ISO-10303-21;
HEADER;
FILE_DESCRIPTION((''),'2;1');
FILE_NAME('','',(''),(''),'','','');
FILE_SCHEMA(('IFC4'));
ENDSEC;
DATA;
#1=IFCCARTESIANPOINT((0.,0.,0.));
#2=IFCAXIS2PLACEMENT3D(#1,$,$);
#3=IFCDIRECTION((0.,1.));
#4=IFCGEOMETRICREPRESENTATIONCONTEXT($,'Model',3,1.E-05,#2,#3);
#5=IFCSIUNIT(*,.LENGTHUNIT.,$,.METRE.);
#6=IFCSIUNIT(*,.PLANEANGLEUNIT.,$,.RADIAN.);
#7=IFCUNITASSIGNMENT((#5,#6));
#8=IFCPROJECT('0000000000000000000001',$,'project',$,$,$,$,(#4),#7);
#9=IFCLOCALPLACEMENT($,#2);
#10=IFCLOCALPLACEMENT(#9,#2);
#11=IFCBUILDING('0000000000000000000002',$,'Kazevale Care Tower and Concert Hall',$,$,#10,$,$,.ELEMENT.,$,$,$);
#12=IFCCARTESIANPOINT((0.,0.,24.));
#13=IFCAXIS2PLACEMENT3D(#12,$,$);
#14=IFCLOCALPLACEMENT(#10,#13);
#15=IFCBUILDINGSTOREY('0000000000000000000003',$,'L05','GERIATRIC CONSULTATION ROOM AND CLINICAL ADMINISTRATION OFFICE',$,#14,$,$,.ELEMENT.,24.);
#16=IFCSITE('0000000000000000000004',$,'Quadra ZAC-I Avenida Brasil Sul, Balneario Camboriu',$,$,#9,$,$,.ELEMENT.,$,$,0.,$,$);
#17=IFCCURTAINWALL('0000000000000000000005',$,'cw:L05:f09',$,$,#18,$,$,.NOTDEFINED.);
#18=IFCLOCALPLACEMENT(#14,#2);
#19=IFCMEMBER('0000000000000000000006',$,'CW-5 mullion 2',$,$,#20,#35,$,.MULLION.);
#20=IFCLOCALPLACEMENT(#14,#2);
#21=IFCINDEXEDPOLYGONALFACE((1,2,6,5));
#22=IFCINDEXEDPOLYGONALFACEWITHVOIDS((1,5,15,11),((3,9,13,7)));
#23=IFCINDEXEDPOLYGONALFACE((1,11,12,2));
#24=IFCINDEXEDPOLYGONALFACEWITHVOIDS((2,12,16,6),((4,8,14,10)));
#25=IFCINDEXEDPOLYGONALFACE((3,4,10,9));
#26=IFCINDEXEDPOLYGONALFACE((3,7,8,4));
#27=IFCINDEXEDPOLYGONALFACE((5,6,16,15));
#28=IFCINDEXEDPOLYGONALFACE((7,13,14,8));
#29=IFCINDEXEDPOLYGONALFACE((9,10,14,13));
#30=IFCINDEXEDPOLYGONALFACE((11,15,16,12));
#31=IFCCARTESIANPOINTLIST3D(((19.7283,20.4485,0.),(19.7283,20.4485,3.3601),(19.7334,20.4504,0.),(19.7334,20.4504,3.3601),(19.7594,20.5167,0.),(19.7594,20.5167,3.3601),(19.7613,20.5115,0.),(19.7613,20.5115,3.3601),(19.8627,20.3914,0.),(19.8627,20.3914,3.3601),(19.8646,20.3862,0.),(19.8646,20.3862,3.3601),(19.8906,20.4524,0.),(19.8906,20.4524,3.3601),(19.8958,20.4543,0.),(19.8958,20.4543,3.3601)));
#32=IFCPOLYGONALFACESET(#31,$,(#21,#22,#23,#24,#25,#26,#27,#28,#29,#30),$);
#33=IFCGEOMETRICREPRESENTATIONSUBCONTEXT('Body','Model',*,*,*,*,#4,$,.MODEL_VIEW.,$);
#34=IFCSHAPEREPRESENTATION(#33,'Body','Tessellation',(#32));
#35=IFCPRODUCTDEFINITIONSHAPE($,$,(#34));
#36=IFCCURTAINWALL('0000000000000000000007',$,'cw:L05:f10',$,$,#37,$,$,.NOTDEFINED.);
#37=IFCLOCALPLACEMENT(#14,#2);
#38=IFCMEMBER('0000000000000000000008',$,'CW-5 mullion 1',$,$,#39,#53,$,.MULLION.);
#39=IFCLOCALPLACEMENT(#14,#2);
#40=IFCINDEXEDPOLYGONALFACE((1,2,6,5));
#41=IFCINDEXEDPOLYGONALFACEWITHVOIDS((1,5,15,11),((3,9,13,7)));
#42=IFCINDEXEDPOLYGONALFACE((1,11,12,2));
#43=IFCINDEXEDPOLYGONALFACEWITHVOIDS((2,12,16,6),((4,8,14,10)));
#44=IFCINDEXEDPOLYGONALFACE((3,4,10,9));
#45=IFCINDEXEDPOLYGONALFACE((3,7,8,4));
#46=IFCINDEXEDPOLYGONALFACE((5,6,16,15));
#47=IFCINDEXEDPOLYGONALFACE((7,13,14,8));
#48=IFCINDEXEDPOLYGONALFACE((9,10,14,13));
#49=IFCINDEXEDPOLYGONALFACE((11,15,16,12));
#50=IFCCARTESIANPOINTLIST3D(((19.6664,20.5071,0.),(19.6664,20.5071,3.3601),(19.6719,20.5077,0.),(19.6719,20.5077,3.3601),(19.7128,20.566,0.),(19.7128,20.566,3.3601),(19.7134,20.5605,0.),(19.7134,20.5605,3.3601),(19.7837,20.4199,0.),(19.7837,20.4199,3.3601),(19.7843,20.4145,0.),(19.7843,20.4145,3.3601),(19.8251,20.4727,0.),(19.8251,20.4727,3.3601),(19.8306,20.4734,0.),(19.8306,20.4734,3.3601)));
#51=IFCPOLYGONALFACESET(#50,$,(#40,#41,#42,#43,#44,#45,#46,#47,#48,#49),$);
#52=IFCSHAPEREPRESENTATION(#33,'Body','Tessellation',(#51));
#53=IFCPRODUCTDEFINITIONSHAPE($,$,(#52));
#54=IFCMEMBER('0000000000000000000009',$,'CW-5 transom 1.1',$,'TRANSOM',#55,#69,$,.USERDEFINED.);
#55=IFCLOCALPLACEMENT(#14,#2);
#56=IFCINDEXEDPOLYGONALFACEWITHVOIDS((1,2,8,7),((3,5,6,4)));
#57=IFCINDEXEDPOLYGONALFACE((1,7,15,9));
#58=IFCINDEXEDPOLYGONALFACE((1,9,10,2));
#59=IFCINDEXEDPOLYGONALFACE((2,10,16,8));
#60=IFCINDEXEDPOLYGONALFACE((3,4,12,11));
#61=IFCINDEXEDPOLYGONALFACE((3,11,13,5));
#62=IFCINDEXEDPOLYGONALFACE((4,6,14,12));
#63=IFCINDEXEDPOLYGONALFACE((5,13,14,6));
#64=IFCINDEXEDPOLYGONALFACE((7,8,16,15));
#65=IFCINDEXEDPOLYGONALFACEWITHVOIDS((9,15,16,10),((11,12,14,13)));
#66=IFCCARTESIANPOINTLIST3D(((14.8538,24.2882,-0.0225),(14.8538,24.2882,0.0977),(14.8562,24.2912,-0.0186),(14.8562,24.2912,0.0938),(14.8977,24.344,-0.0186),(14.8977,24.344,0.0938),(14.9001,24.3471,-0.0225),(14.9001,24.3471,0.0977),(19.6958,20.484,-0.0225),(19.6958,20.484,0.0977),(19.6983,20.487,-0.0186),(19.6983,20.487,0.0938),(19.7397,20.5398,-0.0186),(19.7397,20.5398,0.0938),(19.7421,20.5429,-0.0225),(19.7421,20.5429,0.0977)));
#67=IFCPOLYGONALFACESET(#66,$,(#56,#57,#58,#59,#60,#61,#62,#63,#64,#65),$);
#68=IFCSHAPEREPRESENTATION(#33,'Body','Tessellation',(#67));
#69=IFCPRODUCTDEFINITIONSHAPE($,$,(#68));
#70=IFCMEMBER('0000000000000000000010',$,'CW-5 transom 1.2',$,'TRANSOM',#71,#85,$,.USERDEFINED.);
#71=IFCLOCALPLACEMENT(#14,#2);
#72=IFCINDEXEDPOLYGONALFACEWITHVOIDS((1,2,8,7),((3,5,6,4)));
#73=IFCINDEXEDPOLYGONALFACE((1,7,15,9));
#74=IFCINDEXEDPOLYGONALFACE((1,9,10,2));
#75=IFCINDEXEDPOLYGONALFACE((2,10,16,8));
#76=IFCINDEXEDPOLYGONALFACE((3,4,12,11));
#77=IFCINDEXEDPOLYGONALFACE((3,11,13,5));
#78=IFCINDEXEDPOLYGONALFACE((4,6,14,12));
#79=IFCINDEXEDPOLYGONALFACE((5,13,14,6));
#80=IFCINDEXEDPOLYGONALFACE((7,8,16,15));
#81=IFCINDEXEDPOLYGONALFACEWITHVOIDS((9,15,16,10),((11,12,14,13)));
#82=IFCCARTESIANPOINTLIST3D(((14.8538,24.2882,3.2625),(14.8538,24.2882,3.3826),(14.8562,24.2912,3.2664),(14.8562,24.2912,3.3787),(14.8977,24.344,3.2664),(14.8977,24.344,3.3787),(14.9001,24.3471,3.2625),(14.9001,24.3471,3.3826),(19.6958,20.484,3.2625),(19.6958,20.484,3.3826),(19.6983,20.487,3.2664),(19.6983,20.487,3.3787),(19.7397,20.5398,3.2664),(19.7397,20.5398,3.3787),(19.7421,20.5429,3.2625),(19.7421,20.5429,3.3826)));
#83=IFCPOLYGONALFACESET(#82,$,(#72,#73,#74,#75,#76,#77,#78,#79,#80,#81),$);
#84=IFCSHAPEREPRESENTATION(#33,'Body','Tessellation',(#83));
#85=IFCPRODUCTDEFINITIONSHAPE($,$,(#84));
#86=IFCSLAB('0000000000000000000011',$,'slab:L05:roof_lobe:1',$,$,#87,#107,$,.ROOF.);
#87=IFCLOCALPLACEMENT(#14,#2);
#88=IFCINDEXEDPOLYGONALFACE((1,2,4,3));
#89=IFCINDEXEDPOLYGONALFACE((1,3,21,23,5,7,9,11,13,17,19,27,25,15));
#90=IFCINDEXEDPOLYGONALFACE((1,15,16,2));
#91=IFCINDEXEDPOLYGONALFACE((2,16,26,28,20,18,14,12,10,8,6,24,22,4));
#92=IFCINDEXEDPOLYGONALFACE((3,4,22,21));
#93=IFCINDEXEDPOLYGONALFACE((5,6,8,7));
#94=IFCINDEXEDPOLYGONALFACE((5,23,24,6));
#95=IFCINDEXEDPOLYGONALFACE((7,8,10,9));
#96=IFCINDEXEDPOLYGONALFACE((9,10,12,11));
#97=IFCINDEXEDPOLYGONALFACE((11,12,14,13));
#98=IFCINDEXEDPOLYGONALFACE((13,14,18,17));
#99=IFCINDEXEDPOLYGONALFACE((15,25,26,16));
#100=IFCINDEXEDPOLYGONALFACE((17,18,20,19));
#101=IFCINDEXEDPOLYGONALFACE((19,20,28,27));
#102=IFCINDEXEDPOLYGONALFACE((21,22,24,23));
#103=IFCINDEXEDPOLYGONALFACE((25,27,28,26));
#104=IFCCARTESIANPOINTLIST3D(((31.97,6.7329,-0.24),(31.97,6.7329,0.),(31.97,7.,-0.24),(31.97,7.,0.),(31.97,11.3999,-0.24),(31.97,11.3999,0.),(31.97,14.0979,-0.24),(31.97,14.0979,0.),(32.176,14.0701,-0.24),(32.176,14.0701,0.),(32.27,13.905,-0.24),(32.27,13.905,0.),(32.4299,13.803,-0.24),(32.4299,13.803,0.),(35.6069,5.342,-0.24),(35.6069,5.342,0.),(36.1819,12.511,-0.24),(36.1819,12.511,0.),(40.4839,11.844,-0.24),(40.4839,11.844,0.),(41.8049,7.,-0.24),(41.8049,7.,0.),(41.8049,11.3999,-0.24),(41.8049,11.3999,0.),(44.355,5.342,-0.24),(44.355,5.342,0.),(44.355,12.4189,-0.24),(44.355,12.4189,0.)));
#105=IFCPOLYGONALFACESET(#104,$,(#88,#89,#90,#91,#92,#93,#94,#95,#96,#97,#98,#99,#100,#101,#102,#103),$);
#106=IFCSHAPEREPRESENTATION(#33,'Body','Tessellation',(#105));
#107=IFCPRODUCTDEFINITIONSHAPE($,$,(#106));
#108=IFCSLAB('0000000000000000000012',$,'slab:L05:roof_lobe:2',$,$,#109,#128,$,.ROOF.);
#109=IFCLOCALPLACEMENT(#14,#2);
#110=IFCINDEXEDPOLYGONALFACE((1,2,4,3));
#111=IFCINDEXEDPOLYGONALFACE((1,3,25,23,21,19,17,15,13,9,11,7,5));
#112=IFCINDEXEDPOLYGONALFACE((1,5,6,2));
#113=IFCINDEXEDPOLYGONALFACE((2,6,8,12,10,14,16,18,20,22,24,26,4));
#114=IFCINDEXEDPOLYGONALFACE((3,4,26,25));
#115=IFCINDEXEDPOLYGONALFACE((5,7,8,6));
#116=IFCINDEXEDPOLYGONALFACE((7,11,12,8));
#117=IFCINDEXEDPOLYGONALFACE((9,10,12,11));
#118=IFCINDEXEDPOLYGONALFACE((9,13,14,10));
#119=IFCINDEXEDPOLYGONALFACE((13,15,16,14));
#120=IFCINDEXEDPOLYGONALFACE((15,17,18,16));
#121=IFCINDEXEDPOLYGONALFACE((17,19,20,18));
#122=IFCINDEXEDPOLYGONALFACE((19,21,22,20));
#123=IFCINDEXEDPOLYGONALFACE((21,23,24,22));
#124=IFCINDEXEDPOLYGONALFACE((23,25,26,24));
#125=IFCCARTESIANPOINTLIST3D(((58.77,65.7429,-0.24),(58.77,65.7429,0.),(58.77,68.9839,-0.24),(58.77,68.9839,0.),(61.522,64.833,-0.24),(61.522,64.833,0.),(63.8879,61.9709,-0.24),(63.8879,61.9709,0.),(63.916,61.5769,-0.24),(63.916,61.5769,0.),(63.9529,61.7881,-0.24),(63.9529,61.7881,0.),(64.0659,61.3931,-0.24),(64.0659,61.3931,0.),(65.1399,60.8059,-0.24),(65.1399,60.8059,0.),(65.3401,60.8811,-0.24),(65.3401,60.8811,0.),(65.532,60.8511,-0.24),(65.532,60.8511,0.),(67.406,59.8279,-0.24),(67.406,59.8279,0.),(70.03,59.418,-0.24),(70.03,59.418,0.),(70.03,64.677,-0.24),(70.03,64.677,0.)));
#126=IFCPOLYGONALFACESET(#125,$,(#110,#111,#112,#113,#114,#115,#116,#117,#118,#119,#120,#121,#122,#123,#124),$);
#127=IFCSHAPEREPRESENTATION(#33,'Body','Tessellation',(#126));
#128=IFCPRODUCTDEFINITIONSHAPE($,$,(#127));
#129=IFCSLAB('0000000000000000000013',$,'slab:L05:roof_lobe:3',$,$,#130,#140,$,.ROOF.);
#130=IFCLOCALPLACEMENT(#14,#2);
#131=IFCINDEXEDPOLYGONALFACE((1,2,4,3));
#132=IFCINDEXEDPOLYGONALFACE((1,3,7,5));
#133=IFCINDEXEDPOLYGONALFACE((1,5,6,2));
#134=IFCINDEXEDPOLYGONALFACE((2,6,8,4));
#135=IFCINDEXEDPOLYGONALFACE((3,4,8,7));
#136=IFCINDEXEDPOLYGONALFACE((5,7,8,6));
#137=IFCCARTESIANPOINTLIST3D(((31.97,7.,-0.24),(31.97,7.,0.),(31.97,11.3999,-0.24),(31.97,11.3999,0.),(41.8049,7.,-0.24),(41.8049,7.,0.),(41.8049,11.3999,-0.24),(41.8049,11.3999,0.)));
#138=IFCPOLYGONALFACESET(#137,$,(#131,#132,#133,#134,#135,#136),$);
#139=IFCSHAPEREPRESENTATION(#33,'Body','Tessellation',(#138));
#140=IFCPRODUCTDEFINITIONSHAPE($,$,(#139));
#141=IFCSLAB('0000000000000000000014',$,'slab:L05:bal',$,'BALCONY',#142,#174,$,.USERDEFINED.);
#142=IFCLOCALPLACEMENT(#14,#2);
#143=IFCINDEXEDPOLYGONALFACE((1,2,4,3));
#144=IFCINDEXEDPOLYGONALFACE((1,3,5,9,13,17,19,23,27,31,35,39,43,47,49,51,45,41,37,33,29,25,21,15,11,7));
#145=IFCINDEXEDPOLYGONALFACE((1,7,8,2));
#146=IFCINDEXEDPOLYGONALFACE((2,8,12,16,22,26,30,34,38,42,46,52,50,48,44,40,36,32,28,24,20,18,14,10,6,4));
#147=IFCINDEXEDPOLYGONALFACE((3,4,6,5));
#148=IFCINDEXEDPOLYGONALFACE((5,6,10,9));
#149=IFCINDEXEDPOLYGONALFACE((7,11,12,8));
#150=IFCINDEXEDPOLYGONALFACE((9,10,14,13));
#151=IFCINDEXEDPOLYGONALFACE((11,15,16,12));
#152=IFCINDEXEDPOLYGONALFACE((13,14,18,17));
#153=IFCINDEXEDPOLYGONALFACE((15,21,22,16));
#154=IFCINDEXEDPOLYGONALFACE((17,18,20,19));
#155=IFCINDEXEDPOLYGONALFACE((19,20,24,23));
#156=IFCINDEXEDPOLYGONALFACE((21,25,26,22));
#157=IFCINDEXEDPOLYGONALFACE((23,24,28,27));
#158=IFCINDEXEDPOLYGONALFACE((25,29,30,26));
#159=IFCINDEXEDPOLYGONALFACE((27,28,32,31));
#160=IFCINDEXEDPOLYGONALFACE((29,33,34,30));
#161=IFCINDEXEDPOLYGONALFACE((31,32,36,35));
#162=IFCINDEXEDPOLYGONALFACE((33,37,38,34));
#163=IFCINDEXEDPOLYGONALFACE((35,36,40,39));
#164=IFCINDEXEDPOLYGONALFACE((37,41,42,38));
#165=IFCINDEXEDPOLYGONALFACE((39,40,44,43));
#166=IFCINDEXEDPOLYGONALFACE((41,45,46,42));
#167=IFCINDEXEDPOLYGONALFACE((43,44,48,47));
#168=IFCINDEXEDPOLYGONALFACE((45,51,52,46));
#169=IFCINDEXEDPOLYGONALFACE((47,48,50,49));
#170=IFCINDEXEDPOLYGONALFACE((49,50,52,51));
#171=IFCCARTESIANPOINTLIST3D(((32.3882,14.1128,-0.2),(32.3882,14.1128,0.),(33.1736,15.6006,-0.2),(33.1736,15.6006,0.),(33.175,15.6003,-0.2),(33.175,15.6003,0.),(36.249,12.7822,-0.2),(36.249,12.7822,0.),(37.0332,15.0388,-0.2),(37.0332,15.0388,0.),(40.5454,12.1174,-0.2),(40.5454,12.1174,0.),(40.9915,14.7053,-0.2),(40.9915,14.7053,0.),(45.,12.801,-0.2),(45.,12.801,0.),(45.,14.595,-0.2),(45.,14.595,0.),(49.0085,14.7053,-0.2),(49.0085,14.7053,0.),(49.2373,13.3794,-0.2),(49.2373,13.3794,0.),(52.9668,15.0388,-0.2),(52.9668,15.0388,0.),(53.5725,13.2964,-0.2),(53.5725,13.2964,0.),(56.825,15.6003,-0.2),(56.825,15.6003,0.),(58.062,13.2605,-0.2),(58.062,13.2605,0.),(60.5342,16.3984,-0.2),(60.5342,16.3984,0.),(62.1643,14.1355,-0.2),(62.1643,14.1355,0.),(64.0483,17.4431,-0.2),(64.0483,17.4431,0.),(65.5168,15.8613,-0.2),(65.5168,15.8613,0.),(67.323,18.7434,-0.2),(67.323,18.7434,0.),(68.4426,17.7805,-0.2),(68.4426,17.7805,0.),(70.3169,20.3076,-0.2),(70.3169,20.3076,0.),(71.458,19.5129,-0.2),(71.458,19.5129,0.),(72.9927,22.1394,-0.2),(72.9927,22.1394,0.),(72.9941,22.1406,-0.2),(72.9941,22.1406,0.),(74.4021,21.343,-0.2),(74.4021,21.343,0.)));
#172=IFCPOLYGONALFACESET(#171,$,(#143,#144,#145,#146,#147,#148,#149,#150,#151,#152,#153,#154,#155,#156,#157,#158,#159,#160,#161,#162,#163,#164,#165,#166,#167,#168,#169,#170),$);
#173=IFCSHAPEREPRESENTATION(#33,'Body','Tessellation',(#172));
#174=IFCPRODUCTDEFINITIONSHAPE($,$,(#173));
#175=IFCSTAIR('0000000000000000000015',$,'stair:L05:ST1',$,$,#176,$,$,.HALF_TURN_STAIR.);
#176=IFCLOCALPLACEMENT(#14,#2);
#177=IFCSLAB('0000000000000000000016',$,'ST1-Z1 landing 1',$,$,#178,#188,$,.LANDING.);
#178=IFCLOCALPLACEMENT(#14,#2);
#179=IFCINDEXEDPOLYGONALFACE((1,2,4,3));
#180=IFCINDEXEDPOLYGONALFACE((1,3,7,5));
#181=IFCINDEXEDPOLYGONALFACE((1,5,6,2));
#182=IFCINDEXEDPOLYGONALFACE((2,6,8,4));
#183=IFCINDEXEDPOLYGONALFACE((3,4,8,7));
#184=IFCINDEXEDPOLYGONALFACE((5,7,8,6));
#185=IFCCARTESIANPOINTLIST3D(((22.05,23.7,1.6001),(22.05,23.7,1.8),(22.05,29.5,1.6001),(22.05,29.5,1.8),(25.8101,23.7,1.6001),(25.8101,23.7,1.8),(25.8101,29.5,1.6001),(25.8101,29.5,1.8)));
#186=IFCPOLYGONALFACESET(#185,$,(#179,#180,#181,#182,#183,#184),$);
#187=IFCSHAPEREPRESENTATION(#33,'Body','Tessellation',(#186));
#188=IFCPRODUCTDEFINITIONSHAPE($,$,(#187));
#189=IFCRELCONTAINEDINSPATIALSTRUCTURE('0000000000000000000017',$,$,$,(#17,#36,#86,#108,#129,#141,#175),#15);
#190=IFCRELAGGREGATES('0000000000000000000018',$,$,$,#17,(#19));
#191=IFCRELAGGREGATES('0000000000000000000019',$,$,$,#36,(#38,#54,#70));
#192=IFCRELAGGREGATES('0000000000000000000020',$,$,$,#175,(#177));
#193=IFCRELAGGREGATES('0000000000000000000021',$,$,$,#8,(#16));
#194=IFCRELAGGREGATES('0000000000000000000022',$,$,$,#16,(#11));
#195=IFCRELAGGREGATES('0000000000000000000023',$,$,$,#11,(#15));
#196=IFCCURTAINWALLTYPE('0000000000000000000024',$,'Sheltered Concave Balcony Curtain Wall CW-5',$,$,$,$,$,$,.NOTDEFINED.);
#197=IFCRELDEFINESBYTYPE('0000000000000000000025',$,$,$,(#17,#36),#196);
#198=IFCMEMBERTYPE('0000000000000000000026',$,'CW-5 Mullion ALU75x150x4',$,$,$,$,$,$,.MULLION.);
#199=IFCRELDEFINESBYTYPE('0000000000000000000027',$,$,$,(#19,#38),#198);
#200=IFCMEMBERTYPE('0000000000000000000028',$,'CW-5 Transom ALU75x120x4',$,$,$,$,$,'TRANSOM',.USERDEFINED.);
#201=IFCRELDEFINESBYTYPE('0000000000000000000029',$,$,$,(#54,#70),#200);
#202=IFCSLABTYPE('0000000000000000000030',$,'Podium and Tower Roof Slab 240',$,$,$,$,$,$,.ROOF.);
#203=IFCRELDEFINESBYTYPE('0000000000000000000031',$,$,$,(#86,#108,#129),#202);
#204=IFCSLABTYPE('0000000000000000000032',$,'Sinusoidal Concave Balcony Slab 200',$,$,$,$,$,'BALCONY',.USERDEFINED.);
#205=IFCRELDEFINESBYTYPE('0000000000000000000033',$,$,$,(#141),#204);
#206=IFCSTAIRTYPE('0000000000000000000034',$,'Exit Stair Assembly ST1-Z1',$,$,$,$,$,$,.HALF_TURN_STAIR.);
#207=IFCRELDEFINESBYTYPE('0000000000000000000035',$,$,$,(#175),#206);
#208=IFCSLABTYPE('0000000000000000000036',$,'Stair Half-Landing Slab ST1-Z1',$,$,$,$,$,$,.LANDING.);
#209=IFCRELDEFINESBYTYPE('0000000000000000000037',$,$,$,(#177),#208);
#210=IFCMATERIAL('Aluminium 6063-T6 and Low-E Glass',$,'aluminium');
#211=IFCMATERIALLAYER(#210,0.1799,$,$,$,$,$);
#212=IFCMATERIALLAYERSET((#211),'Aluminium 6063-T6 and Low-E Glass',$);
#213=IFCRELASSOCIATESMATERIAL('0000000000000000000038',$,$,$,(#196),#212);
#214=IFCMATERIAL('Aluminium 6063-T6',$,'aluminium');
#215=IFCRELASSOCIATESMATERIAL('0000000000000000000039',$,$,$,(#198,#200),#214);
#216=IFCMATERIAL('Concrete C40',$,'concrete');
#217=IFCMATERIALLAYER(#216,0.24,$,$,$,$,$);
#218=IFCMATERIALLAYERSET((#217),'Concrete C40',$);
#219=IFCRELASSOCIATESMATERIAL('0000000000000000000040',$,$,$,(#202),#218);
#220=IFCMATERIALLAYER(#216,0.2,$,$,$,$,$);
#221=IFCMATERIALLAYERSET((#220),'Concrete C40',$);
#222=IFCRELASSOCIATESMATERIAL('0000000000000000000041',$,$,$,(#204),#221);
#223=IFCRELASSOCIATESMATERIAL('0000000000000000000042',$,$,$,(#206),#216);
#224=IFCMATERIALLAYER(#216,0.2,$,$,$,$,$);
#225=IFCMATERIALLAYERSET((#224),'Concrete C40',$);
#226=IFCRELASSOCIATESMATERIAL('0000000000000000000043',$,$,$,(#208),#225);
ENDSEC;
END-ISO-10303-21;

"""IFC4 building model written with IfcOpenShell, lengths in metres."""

from ifc_helpers import new_model, si_unit, direction, frame, origin, origin_2d, place, context, subcontext, project, spatial, polyline, hollow_rectangle, outline, extrude, material, layer, layer_set, material_profile, profile_set, type_object, element, aggregate, save


model = new_model("IFC4")

# Units and contexts
model_context = context("Model", 3, precision=1e-05, world=origin(), true_north=direction((0.0, 1.0)))
body_context = subcontext(model_context, "Body", "Model", "MODEL_VIEW")
ifc_project = project(units=[si_unit("LENGTHUNIT", "METRE"), si_unit("PLANEANGLEUNIT", "RADIAN")], contexts=[model_context])

# Site, building, storey
site_placement = place(None, origin())
site = spatial("IfcSite", under=ifc_project, at=site_placement, Name="Quadra ZAC-I Avenida Brasil Sul, Balneario Camboriu", CompositionType="ELEMENT", RefElevation=0.0)
building_placement = place(site_placement, origin())
building = spatial("IfcBuilding", under=site, at=building_placement, Name="Kazevale Care Tower and Concert Hall", CompositionType="ELEMENT")
storey_placement = place(building_placement, frame((0.0, 0.0, 24.0)))
storey = spatial("IfcBuildingStorey", under=building, at=storey_placement, Name="L05", Description="GERIATRIC CONSULTATION ROOM AND CLINICAL ADMINISTRATION OFFICE", CompositionType="ELEMENT", Elevation=24.0)

# Curtain wall, member
ifc_material_1 = material(Name="Aluminium 6063-T6 and Low-E Glass", Category="aluminium")
ifc_layer_1 = layer(ifc_material_1, 0.1799)
ifc_layer_set_1 = layer_set([ifc_layer_1], Name="Aluminium 6063-T6 and Low-E Glass")
curtain_wall_type = type_object("IfcCurtainWallType", Name="Sheltered Concave Balcony Curtain Wall CW-5", PredefinedType="NOTDEFINED", material=ifc_layer_set_1)
curtain_wall_1_placement = place(storey_placement, origin())
curtain_wall_1 = element("IfcCurtainWall", 1, at=curtain_wall_1_placement, inside=storey, type_object=curtain_wall_type, Name="cw:L05:f09", PredefinedType="NOTDEFINED")
ifc_material_2 = material(Name="Aluminium 6063-T6", Category="aluminium")
ifc_material_profile_1 = material_profile(ifc_material_2, hollow_rectangle(XDim=0.075, YDim=0.1499, WallThickness=0.0039, at=origin_2d()), Name="ALU75x150x4")
ifc_profile_set_1 = profile_set([ifc_material_profile_1], Name="Aluminium 6063-T6")
member_type_1 = type_object("IfcMemberType", Name="CW-5 Mullion ALU75x150x4", PredefinedType="MULLION", material=ifc_profile_set_1)
member_1_placement = place(storey_placement, frame((19.812, 20.4514, 0.0), z_axis=(0.0, 0.0, 1.0), x_axis=(-0.41566, -0.90952, 0.0)))
member_1 = element("IfcMember", 2, at=member_1_placement, type_object=member_type_1, Name="CW-5 mullion 2", PredefinedType="MULLION", context=body_context, shape_type="SweptSolid", body=[
    extrude(hollow_rectangle(XDim=0.075, YDim=0.1499, WallThickness=0.0039, at=origin_2d()), origin(), (0.0, 0.0, 1.0), 3.3601),
])
aggregate(curtain_wall_1, [member_1])

# Curtain wall, members
curtain_wall_2_placement = place(storey_placement, origin())
curtain_wall_2 = element("IfcCurtainWall", 3, at=curtain_wall_2_placement, inside=storey, type_object=curtain_wall_type, Name="cw:L05:f10", PredefinedType="NOTDEFINED")
member_2_placement = place(storey_placement, frame((19.7485, 20.4902, 0.0), z_axis=(0.0, 0.0, 1.0), x_axis=(-0.617808, -0.786329, 0.0)))
member_2 = element("IfcMember", 4, at=member_2_placement, type_object=member_type_1, Name="CW-5 mullion 1", PredefinedType="MULLION", context=body_context, shape_type="SweptSolid", body=[
    extrude(hollow_rectangle(XDim=0.075, YDim=0.1499, WallThickness=0.0039, at=origin_2d()), origin(), (0.0, 0.0, 1.0), 3.3601),
])
ifc_material_profile_2 = material_profile(ifc_material_2, hollow_rectangle(XDim=0.075, YDim=0.1201, WallThickness=0.0039, at=origin_2d()), Name="ALU75x120x4")
ifc_profile_set_2 = profile_set([ifc_material_profile_2], Name="Aluminium 6063-T6")
member_type_2 = type_object("IfcMemberType", Name="CW-5 Transom ALU75x120x4", ElementType="TRANSOM", PredefinedType="USERDEFINED", material=ifc_profile_set_2)
member_3_placement = place(storey_placement, frame((19.719, 20.5134, 0.0376), z_axis=(-0.786339, 0.617795, 0.0), x_axis=(-0.617795, -0.786339, 0.0)))
member_3 = element("IfcMember", 5, at=member_3_placement, type_object=member_type_2, Name="CW-5 transom 1.1", ObjectType="TRANSOM", PredefinedType="USERDEFINED", context=body_context, shape_type="SweptSolid", body=[
    extrude(hollow_rectangle(XDim=0.075, YDim=0.1201, WallThickness=0.0039, at=origin_2d()), origin(), (0.0, 0.0, 1.0), 6.1577),
])
member_4_placement = place(storey_placement, frame((19.719, 20.5134, 3.3225), z_axis=(-0.786339, 0.617795, 0.0), x_axis=(-0.617795, -0.786339, 0.0)))
member_4 = element("IfcMember", 6, at=member_4_placement, type_object=member_type_2, Name="CW-5 transom 1.2", ObjectType="TRANSOM", PredefinedType="USERDEFINED", context=body_context, shape_type="SweptSolid", body=[
    extrude(hollow_rectangle(XDim=0.075, YDim=0.1201, WallThickness=0.0039, at=origin_2d()), origin(), (0.0, 0.0, 1.0), 6.1577),
])
aggregate(curtain_wall_2, [member_2, member_3, member_4])

# Slabs
ifc_material_3 = material(Name="Concrete C40", Category="concrete")
ifc_layer_2 = layer(ifc_material_3, 0.24)
ifc_layer_set_2 = layer_set([ifc_layer_2], Name="Concrete C40")
slab_type_1 = type_object("IfcSlabType", Name="Podium and Tower Roof Slab 240", PredefinedType="ROOF", material=ifc_layer_set_2)
slab_1_placement = place(storey_placement, frame((0.0, 0.0, -0.24)))
element("IfcSlab", 7, at=slab_1_placement, inside=storey, type_object=slab_type_1, Name="slab:L05:roof_lobe:1", PredefinedType="ROOF", context=body_context, shape_type="SweptSolid", body=[
    extrude(outline(polyline([(31.97, 7.0), (31.97, 6.7329), (35.6069, 5.342), (44.355, 5.342), (44.355, 12.4189), (40.4839, 11.844), (36.1819, 12.511), (32.4299, 13.803), (32.27, 13.905), (32.176, 14.0701), (31.97, 14.0979), (31.97, 11.3999), (41.8049, 11.3999), (41.8049, 7.0), (31.97, 7.0)])), origin(), (0.0, 0.0, 1.0), 0.24),
])
slab_2_placement = place(storey_placement, frame((0.0, 0.0, -0.24)))
element("IfcSlab", 8, at=slab_2_placement, inside=storey, type_object=slab_type_1, Name="slab:L05:roof_lobe:2", PredefinedType="ROOF", context=body_context, shape_type="SweptSolid", body=[
    extrude(outline(polyline([(70.03, 64.677), (58.77, 68.9839), (58.77, 65.7429), (61.522, 64.833), (63.8879, 61.9709), (63.9529, 61.7881), (63.916, 61.5769), (64.0659, 61.3931), (65.1399, 60.8059), (65.3401, 60.8811), (65.532, 60.8511), (67.406, 59.8279), (70.03, 59.418), (70.03, 64.677)])), origin(), (0.0, 0.0, 1.0), 0.24),
])
slab_3_placement = place(storey_placement, frame((0.0, 0.0, -0.24)))
element("IfcSlab", 9, at=slab_3_placement, inside=storey, type_object=slab_type_1, Name="slab:L05:roof_lobe:3", PredefinedType="ROOF", context=body_context, shape_type="SweptSolid", body=[
    extrude(outline(polyline([(31.97, 11.3999), (31.97, 7.0), (41.8049, 7.0), (41.8049, 11.3999), (31.97, 11.3999)])), origin(), (0.0, 0.0, 1.0), 0.24),
])
ifc_layer_3 = layer(ifc_material_3, 0.2)
ifc_layer_set_3 = layer_set([ifc_layer_3], Name="Concrete C40")
slab_type_2 = type_object("IfcSlabType", Name="Sinusoidal Concave Balcony Slab 200", ElementType="BALCONY", PredefinedType="USERDEFINED", material=ifc_layer_set_3)
slab_4_placement = place(storey_placement, frame((0.0, 0.0, -0.2)))
element("IfcSlab", 10, at=slab_4_placement, inside=storey, type_object=slab_type_2, Name="slab:L05:bal", ObjectType="BALCONY", PredefinedType="USERDEFINED", context=body_context, shape_type="SweptSolid", body=[
    extrude(outline(polyline([(74.4021, 21.343), (71.458, 19.5129), (68.4426, 17.7805), (65.5168, 15.8613), (62.1643, 14.1355), (58.062, 13.2605), (53.5725, 13.2964), (49.2373, 13.3794), (45.0, 12.801), (40.5454, 12.1174), (36.249, 12.7822), (32.3882, 14.1128), (33.1736, 15.6006), (33.175, 15.6003), (37.0332, 15.0388), (40.9915, 14.7053), (45.0, 14.595), (49.0085, 14.7053), (52.9668, 15.0388), (56.825, 15.6003), (60.5342, 16.3984), (64.0483, 17.4431), (67.323, 18.7434), (70.3169, 20.3076), (72.9927, 22.1394), (72.9941, 22.1406), (74.4021, 21.343)])), origin(), (0.0, 0.0, 1.0), 0.2),
])

# Stair, slab
stair_type = type_object("IfcStairType", Name="Exit Stair Assembly ST1-Z1", PredefinedType="HALF_TURN_STAIR", material=ifc_material_3)
stair_1_placement = place(storey_placement, origin())
stair_1 = element("IfcStair", 11, at=stair_1_placement, inside=storey, type_object=stair_type, Name="stair:L05:ST1", PredefinedType="HALF_TURN_STAIR")
ifc_layer_4 = layer(ifc_material_3, 0.2)
ifc_layer_set_4 = layer_set([ifc_layer_4], Name="Concrete C40")
slab_type_3 = type_object("IfcSlabType", Name="Stair Half-Landing Slab ST1-Z1", PredefinedType="LANDING", material=ifc_layer_set_4)
slab_5_placement = place(storey_placement, frame((0.0, 0.0, 1.6001)))
slab_5 = element("IfcSlab", 12, at=slab_5_placement, type_object=slab_type_3, Name="ST1-Z1 landing 1", PredefinedType="LANDING", context=body_context, shape_type="SweptSolid", body=[
    extrude(outline(polyline([(22.05, 23.7), (25.8101, 23.7), (25.8101, 29.5), (22.05, 29.5), (22.05, 23.7)])), origin(), (0.0, 0.0, 1.0), 0.2),
])
aggregate(stair_1, [slab_5])

save(model, "model.ifc")
